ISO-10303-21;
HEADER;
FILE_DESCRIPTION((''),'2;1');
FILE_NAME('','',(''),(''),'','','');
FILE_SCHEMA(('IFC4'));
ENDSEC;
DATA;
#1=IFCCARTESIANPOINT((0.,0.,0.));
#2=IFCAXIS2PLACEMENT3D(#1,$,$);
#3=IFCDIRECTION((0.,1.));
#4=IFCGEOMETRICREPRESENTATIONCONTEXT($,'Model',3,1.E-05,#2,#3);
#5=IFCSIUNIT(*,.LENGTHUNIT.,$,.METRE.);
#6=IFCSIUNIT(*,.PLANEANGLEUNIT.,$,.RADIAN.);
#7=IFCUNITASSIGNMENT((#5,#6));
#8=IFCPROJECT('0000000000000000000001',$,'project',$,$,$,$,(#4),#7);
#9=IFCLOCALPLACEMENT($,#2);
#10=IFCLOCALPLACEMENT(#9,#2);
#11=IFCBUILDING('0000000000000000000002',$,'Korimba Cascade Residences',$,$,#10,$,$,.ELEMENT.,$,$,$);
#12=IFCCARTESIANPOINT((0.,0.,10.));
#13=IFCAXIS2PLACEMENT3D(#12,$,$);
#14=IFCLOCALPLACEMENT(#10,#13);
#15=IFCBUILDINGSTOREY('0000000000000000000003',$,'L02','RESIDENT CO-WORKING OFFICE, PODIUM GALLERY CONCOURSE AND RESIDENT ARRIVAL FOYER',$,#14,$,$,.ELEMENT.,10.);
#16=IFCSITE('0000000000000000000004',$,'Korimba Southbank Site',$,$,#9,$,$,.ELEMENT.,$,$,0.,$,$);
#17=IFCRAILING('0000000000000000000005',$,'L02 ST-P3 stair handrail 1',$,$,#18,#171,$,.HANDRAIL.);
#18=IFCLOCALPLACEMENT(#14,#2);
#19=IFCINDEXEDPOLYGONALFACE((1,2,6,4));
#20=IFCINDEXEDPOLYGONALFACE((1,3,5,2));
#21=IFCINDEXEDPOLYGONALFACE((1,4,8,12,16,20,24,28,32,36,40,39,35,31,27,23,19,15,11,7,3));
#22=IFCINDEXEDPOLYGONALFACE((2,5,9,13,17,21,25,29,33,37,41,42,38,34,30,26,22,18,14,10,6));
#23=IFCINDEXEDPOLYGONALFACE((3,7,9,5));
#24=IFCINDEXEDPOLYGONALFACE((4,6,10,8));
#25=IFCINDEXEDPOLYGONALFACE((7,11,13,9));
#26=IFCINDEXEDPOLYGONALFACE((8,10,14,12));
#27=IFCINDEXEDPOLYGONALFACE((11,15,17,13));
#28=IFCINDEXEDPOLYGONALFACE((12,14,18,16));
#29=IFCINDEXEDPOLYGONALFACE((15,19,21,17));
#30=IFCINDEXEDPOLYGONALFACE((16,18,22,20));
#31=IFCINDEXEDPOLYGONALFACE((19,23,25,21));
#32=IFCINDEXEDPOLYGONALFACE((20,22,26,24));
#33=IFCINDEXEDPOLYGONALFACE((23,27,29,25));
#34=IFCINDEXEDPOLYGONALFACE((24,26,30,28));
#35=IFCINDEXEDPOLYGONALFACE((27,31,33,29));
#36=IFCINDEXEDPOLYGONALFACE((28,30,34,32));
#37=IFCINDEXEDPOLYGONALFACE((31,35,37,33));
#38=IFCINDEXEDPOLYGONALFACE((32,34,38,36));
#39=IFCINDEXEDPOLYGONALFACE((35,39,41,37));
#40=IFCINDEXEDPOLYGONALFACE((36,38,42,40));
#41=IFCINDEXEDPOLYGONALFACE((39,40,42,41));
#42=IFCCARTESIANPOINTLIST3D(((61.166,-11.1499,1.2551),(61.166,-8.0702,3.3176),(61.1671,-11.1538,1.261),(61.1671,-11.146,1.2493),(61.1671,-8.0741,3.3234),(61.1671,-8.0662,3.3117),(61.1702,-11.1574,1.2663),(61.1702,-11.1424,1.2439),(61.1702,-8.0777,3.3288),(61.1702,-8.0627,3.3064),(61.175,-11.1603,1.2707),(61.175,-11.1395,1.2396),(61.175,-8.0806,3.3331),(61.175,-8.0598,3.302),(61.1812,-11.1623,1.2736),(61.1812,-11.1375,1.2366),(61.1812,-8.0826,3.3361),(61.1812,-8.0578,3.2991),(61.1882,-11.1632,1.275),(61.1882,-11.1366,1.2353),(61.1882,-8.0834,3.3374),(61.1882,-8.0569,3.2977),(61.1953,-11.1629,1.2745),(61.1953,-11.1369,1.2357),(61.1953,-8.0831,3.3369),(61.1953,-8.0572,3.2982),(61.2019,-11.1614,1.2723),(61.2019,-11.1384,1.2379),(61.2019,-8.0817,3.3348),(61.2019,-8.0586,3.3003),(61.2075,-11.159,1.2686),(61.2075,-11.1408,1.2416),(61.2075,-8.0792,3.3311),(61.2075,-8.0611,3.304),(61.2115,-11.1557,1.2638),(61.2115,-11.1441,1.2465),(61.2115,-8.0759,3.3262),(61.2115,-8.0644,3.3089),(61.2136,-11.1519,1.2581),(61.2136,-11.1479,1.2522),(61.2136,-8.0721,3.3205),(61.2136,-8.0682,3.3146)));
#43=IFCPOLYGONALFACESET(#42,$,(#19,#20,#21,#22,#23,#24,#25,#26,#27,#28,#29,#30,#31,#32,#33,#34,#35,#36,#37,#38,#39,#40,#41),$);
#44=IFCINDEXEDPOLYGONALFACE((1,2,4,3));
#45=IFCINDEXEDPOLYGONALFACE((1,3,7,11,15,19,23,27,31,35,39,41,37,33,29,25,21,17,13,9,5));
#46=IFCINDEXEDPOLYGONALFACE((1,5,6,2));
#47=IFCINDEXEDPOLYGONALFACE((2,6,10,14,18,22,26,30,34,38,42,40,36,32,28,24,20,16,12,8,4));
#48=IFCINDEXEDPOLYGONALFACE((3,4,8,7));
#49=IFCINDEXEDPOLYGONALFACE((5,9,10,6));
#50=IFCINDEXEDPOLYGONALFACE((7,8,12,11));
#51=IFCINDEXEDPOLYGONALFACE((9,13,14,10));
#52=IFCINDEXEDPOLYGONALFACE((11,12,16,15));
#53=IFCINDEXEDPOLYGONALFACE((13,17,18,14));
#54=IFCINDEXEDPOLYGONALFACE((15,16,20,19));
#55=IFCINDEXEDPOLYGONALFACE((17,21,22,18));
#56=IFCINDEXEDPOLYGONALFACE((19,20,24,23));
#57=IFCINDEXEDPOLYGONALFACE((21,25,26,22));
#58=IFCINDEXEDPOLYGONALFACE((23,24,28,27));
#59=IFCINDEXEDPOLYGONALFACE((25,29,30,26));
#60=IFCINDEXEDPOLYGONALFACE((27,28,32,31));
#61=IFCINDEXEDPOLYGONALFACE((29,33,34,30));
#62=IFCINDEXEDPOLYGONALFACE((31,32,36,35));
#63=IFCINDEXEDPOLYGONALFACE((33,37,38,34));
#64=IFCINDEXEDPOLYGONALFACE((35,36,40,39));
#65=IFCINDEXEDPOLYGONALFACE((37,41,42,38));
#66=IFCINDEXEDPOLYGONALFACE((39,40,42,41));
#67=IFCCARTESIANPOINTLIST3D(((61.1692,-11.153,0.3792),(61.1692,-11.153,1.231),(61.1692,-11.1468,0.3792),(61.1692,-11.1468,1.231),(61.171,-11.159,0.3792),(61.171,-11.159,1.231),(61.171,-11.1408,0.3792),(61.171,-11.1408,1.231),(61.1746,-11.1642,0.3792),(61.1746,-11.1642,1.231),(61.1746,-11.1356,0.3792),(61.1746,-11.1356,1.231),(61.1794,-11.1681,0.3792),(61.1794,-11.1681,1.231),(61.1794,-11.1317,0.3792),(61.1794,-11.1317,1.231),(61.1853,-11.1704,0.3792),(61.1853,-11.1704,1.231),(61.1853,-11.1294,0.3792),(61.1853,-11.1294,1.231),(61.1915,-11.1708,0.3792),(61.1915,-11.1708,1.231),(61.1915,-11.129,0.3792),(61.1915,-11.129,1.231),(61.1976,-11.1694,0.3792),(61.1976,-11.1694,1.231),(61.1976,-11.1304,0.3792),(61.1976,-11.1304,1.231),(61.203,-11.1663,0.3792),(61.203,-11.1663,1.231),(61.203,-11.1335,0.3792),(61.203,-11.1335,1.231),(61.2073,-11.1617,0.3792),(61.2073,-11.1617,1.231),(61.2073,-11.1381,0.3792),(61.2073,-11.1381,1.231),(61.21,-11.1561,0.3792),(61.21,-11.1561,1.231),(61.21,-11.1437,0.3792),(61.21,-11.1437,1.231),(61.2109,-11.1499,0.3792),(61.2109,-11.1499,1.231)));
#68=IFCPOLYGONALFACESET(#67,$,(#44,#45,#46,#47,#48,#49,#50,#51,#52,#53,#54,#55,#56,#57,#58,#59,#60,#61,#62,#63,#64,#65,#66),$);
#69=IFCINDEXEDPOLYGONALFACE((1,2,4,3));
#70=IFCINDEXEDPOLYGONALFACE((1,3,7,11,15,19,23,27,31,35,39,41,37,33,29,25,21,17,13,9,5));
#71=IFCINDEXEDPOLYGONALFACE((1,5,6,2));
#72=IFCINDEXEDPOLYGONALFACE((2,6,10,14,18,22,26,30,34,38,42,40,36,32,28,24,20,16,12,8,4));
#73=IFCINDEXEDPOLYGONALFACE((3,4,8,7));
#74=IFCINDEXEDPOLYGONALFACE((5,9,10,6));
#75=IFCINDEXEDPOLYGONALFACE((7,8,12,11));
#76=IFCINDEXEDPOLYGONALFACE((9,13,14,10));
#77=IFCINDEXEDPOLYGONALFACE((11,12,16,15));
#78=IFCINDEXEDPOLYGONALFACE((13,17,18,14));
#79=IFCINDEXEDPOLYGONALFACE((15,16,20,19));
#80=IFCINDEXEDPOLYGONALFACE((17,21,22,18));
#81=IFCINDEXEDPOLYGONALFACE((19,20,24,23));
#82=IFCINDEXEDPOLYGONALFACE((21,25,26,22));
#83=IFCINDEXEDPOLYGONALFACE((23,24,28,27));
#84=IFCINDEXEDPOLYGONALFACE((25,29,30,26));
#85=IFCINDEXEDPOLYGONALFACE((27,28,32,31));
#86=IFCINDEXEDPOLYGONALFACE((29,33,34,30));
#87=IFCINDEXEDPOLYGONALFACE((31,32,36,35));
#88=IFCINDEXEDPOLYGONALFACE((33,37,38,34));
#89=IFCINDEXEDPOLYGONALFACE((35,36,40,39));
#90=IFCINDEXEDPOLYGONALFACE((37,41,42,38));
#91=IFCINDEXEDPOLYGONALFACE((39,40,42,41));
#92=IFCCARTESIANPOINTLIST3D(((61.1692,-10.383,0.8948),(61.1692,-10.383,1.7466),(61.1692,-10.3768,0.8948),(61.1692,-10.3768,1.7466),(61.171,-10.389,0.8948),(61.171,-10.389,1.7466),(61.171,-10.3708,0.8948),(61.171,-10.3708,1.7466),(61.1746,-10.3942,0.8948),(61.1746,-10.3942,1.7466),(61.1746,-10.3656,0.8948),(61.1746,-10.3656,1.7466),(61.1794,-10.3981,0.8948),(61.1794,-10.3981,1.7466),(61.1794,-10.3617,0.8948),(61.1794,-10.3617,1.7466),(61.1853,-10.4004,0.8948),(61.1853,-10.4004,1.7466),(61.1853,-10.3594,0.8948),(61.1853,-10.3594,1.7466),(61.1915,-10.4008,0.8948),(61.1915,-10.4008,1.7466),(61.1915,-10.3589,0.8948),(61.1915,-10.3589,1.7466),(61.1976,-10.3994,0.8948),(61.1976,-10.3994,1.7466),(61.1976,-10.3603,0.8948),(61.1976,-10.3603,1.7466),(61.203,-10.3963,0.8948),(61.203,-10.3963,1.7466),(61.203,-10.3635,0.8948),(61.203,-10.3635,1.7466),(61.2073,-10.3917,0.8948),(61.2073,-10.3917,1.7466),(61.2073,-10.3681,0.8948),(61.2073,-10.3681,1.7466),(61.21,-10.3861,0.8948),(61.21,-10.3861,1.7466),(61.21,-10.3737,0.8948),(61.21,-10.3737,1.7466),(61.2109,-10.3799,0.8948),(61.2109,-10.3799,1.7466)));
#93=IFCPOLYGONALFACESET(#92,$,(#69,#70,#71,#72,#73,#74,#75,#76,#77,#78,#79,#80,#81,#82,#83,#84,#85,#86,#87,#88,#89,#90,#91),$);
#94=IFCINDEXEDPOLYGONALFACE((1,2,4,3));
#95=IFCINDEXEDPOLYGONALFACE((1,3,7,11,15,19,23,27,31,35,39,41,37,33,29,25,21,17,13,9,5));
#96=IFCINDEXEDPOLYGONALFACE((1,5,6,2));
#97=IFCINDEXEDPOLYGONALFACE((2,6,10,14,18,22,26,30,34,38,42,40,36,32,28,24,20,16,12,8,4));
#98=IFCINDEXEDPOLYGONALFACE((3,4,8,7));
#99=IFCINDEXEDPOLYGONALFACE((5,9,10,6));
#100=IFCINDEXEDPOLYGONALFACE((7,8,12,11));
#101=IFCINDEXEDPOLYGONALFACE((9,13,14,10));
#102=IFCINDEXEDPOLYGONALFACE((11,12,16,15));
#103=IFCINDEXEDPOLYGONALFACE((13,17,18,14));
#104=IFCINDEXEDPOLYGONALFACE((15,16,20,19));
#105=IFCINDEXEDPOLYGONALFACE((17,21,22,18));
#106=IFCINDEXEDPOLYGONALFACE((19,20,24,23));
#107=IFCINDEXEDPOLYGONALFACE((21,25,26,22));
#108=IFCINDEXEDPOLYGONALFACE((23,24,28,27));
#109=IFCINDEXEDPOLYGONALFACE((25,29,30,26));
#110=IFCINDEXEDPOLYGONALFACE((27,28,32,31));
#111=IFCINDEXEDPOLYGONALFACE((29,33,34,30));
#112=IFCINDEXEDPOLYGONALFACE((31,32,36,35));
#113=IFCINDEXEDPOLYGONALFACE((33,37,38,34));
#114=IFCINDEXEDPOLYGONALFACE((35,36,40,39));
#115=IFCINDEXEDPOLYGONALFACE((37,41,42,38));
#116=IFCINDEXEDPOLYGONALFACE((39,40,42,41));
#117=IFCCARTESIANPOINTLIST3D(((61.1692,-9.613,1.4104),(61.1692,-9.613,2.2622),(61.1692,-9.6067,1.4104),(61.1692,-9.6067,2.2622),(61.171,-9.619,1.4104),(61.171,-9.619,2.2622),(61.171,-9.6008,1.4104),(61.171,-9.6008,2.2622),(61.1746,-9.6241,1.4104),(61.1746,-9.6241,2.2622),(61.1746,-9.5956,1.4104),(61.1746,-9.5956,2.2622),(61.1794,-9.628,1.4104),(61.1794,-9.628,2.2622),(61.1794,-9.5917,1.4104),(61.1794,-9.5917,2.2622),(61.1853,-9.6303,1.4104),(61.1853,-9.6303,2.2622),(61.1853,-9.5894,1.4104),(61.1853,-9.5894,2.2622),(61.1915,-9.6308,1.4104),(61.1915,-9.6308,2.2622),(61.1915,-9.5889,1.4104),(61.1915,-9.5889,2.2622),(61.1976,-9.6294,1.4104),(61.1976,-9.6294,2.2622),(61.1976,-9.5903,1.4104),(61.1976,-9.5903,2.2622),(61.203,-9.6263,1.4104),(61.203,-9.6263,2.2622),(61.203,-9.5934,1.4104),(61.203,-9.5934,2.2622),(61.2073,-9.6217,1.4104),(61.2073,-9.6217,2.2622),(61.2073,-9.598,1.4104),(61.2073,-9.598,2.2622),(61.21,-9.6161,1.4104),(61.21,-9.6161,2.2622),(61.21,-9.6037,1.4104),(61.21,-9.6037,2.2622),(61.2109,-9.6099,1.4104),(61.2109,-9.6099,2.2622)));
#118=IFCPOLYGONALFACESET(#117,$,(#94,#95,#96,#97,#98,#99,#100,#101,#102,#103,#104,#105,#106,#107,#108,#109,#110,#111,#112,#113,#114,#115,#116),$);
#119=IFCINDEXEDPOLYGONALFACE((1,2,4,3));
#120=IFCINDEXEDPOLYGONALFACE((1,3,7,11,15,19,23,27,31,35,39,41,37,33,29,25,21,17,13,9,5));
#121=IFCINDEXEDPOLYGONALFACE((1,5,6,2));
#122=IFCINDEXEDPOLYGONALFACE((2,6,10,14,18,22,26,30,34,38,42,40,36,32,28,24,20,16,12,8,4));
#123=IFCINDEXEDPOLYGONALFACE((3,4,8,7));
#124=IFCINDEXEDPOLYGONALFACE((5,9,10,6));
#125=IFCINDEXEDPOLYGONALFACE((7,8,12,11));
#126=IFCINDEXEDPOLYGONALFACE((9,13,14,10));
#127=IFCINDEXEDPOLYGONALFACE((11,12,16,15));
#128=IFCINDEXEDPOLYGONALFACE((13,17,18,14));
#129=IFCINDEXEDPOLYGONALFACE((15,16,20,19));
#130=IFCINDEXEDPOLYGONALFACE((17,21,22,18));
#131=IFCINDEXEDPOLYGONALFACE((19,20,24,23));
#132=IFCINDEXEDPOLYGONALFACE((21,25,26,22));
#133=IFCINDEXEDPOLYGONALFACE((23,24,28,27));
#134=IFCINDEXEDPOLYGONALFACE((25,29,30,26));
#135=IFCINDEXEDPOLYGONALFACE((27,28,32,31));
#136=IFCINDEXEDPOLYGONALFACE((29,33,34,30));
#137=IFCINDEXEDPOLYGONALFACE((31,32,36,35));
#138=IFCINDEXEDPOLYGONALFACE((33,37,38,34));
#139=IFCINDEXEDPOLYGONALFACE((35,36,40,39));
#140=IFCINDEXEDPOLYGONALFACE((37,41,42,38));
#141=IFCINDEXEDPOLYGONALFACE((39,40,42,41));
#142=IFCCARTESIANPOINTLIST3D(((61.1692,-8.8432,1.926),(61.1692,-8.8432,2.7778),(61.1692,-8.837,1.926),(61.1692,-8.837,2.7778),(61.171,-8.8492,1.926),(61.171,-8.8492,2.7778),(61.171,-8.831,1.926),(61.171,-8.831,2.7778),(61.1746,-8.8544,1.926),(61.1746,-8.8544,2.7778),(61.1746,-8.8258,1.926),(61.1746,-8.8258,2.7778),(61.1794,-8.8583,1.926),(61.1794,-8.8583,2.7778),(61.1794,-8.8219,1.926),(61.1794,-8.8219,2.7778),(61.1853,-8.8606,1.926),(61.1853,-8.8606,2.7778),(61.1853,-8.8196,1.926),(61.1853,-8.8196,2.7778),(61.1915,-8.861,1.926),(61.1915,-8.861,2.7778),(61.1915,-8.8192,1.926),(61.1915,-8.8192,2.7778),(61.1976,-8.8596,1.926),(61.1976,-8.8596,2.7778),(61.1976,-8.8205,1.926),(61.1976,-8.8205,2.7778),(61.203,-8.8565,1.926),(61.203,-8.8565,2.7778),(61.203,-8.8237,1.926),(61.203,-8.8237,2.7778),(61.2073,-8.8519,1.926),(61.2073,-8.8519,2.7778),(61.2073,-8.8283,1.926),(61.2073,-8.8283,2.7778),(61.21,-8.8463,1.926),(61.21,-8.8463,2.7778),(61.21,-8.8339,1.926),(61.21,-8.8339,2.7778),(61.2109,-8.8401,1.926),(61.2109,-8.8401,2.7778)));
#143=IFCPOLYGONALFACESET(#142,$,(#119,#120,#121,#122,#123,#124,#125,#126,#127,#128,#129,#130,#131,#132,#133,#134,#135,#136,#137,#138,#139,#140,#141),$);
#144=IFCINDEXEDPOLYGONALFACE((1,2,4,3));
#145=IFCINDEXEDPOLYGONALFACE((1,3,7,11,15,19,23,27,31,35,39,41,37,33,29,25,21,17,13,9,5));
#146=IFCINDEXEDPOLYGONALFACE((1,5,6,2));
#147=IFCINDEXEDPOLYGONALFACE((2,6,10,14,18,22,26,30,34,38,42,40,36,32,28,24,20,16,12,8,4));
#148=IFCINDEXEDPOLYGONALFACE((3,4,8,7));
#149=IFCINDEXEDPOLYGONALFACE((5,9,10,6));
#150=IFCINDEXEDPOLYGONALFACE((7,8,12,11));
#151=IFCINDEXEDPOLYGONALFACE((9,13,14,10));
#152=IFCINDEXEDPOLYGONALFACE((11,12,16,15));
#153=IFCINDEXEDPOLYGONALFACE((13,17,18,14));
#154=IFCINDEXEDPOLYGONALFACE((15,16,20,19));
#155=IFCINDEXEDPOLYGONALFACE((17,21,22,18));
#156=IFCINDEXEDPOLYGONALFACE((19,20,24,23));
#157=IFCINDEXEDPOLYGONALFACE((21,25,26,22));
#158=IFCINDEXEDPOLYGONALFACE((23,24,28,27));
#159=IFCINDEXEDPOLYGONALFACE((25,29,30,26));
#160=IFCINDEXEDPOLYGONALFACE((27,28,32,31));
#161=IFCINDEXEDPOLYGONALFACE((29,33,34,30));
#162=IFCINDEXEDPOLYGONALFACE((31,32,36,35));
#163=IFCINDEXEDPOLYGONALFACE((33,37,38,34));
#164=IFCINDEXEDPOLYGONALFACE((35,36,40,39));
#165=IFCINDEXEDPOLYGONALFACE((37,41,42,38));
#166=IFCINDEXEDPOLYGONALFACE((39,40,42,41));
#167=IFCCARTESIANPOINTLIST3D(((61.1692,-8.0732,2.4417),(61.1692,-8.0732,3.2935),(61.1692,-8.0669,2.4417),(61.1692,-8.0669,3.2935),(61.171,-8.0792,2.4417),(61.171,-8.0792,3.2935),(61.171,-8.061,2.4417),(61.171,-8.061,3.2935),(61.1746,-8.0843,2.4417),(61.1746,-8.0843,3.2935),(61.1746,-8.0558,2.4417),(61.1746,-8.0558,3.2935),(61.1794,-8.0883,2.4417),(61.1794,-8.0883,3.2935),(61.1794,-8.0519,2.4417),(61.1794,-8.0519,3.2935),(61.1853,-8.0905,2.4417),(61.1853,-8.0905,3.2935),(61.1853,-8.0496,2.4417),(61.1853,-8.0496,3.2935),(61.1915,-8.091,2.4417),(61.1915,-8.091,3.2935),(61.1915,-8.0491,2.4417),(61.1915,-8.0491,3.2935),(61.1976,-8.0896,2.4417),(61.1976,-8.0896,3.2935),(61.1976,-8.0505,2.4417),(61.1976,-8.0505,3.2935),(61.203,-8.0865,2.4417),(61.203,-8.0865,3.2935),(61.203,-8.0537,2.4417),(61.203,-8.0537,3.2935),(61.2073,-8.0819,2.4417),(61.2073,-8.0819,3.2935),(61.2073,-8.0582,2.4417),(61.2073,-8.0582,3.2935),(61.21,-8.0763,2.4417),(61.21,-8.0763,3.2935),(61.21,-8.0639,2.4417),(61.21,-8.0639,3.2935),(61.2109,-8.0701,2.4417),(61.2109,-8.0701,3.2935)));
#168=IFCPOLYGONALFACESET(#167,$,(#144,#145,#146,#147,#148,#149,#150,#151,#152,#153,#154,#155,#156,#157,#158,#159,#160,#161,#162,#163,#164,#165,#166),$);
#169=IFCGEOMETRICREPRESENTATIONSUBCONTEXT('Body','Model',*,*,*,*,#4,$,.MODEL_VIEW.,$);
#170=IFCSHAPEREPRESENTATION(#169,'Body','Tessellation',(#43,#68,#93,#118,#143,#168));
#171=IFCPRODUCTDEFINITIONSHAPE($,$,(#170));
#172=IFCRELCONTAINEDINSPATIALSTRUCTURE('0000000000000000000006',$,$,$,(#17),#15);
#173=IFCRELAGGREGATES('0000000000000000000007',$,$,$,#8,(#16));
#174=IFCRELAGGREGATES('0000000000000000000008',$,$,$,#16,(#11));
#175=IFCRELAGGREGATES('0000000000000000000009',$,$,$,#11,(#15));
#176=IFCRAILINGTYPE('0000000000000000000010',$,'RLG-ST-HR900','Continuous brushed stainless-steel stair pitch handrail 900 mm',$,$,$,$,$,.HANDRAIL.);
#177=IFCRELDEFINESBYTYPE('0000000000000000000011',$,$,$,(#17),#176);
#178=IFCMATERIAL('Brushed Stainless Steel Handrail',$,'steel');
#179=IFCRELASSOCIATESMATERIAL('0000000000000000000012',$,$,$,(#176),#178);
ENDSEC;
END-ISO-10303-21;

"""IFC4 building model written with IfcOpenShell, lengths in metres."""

from ifc_helpers import new_model, si_unit, direction, frame, origin, origin_2d, place, context, subcontext, project, spatial, circle, extrude, material, type_object, element, save


model = new_model("IFC4")

# Units and contexts
model_context = context("Model", 3, precision=1e-05, world=origin(), true_north=direction((0.0, 1.0)))
body_context = subcontext(model_context, "Body", "Model", "MODEL_VIEW")
ifc_project = project(units=[si_unit("LENGTHUNIT", "METRE"), si_unit("PLANEANGLEUNIT", "RADIAN")], contexts=[model_context])

# Site, building, storey
site_placement = place(None, origin())
site = spatial("IfcSite", under=ifc_project, at=site_placement, Name="Korimba Southbank Site", CompositionType="ELEMENT", RefElevation=0.0)
building_placement = place(site_placement, origin())
building = spatial("IfcBuilding", under=site, at=building_placement, Name="Korimba Cascade Residences", CompositionType="ELEMENT")
storey_placement = place(building_placement, frame((0.0, 0.0, 10.0)))
storey = spatial("IfcBuildingStorey", under=building, at=storey_placement, Name="L02", Description="RESIDENT CO-WORKING OFFICE, PODIUM GALLERY CONCOURSE AND RESIDENT ARRIVAL FOYER", CompositionType="ELEMENT", Elevation=10.0)

# Railing
ifc_material_1 = material(Name="Brushed Stainless Steel Handrail", Category="steel")
railing_type_1 = type_object("IfcRailingType", Name="RLG-ST-HR900", Description="Continuous brushed stainless-steel stair pitch handrail 900 mm", PredefinedType="HANDRAIL", material=ifc_material_1)
railing_1_placement = place(storey_placement, frame((61.1899, -11.1499, 0.3792)))
element("IfcRailing", 1, at=railing_1_placement, inside=storey, type_object=railing_type_1, Name="L02 ST-P3 stair handrail 1", PredefinedType="HANDRAIL", context=body_context, shape_type="SweptSolid", body=[
    extrude(circle(Radius=0.0239, at=origin_2d()), frame((0.0, 0.0, 0.876), z_axis=(0.0, 0.830893, 0.556432), x_axis=(-1.0, 0.0, 0.0)), (0.0, 0.0, 1.0), 3.7065),
    extrude(circle(Radius=0.021, at=origin_2d()), origin(), (0.0, 0.0, 1.0), 0.8518),
    extrude(circle(Radius=0.021, at=origin_2d()), frame((0.0, 0.77, 0.5156)), (0.0, 0.0, 1.0), 0.8518),
    extrude(circle(Radius=0.021, at=origin_2d()), frame((0.0, 1.54, 1.0312)), (0.0, 0.0, 1.0), 0.8518),
    extrude(circle(Radius=0.021, at=origin_2d()), frame((0.0, 2.3098, 1.5469)), (0.0, 0.0, 1.0), 0.8518),
    extrude(circle(Radius=0.021, at=origin_2d()), frame((0.0, 3.0798, 2.0625)), (0.0, 0.0, 1.0), 0.8518),
])

save(model, "model.ifc")
